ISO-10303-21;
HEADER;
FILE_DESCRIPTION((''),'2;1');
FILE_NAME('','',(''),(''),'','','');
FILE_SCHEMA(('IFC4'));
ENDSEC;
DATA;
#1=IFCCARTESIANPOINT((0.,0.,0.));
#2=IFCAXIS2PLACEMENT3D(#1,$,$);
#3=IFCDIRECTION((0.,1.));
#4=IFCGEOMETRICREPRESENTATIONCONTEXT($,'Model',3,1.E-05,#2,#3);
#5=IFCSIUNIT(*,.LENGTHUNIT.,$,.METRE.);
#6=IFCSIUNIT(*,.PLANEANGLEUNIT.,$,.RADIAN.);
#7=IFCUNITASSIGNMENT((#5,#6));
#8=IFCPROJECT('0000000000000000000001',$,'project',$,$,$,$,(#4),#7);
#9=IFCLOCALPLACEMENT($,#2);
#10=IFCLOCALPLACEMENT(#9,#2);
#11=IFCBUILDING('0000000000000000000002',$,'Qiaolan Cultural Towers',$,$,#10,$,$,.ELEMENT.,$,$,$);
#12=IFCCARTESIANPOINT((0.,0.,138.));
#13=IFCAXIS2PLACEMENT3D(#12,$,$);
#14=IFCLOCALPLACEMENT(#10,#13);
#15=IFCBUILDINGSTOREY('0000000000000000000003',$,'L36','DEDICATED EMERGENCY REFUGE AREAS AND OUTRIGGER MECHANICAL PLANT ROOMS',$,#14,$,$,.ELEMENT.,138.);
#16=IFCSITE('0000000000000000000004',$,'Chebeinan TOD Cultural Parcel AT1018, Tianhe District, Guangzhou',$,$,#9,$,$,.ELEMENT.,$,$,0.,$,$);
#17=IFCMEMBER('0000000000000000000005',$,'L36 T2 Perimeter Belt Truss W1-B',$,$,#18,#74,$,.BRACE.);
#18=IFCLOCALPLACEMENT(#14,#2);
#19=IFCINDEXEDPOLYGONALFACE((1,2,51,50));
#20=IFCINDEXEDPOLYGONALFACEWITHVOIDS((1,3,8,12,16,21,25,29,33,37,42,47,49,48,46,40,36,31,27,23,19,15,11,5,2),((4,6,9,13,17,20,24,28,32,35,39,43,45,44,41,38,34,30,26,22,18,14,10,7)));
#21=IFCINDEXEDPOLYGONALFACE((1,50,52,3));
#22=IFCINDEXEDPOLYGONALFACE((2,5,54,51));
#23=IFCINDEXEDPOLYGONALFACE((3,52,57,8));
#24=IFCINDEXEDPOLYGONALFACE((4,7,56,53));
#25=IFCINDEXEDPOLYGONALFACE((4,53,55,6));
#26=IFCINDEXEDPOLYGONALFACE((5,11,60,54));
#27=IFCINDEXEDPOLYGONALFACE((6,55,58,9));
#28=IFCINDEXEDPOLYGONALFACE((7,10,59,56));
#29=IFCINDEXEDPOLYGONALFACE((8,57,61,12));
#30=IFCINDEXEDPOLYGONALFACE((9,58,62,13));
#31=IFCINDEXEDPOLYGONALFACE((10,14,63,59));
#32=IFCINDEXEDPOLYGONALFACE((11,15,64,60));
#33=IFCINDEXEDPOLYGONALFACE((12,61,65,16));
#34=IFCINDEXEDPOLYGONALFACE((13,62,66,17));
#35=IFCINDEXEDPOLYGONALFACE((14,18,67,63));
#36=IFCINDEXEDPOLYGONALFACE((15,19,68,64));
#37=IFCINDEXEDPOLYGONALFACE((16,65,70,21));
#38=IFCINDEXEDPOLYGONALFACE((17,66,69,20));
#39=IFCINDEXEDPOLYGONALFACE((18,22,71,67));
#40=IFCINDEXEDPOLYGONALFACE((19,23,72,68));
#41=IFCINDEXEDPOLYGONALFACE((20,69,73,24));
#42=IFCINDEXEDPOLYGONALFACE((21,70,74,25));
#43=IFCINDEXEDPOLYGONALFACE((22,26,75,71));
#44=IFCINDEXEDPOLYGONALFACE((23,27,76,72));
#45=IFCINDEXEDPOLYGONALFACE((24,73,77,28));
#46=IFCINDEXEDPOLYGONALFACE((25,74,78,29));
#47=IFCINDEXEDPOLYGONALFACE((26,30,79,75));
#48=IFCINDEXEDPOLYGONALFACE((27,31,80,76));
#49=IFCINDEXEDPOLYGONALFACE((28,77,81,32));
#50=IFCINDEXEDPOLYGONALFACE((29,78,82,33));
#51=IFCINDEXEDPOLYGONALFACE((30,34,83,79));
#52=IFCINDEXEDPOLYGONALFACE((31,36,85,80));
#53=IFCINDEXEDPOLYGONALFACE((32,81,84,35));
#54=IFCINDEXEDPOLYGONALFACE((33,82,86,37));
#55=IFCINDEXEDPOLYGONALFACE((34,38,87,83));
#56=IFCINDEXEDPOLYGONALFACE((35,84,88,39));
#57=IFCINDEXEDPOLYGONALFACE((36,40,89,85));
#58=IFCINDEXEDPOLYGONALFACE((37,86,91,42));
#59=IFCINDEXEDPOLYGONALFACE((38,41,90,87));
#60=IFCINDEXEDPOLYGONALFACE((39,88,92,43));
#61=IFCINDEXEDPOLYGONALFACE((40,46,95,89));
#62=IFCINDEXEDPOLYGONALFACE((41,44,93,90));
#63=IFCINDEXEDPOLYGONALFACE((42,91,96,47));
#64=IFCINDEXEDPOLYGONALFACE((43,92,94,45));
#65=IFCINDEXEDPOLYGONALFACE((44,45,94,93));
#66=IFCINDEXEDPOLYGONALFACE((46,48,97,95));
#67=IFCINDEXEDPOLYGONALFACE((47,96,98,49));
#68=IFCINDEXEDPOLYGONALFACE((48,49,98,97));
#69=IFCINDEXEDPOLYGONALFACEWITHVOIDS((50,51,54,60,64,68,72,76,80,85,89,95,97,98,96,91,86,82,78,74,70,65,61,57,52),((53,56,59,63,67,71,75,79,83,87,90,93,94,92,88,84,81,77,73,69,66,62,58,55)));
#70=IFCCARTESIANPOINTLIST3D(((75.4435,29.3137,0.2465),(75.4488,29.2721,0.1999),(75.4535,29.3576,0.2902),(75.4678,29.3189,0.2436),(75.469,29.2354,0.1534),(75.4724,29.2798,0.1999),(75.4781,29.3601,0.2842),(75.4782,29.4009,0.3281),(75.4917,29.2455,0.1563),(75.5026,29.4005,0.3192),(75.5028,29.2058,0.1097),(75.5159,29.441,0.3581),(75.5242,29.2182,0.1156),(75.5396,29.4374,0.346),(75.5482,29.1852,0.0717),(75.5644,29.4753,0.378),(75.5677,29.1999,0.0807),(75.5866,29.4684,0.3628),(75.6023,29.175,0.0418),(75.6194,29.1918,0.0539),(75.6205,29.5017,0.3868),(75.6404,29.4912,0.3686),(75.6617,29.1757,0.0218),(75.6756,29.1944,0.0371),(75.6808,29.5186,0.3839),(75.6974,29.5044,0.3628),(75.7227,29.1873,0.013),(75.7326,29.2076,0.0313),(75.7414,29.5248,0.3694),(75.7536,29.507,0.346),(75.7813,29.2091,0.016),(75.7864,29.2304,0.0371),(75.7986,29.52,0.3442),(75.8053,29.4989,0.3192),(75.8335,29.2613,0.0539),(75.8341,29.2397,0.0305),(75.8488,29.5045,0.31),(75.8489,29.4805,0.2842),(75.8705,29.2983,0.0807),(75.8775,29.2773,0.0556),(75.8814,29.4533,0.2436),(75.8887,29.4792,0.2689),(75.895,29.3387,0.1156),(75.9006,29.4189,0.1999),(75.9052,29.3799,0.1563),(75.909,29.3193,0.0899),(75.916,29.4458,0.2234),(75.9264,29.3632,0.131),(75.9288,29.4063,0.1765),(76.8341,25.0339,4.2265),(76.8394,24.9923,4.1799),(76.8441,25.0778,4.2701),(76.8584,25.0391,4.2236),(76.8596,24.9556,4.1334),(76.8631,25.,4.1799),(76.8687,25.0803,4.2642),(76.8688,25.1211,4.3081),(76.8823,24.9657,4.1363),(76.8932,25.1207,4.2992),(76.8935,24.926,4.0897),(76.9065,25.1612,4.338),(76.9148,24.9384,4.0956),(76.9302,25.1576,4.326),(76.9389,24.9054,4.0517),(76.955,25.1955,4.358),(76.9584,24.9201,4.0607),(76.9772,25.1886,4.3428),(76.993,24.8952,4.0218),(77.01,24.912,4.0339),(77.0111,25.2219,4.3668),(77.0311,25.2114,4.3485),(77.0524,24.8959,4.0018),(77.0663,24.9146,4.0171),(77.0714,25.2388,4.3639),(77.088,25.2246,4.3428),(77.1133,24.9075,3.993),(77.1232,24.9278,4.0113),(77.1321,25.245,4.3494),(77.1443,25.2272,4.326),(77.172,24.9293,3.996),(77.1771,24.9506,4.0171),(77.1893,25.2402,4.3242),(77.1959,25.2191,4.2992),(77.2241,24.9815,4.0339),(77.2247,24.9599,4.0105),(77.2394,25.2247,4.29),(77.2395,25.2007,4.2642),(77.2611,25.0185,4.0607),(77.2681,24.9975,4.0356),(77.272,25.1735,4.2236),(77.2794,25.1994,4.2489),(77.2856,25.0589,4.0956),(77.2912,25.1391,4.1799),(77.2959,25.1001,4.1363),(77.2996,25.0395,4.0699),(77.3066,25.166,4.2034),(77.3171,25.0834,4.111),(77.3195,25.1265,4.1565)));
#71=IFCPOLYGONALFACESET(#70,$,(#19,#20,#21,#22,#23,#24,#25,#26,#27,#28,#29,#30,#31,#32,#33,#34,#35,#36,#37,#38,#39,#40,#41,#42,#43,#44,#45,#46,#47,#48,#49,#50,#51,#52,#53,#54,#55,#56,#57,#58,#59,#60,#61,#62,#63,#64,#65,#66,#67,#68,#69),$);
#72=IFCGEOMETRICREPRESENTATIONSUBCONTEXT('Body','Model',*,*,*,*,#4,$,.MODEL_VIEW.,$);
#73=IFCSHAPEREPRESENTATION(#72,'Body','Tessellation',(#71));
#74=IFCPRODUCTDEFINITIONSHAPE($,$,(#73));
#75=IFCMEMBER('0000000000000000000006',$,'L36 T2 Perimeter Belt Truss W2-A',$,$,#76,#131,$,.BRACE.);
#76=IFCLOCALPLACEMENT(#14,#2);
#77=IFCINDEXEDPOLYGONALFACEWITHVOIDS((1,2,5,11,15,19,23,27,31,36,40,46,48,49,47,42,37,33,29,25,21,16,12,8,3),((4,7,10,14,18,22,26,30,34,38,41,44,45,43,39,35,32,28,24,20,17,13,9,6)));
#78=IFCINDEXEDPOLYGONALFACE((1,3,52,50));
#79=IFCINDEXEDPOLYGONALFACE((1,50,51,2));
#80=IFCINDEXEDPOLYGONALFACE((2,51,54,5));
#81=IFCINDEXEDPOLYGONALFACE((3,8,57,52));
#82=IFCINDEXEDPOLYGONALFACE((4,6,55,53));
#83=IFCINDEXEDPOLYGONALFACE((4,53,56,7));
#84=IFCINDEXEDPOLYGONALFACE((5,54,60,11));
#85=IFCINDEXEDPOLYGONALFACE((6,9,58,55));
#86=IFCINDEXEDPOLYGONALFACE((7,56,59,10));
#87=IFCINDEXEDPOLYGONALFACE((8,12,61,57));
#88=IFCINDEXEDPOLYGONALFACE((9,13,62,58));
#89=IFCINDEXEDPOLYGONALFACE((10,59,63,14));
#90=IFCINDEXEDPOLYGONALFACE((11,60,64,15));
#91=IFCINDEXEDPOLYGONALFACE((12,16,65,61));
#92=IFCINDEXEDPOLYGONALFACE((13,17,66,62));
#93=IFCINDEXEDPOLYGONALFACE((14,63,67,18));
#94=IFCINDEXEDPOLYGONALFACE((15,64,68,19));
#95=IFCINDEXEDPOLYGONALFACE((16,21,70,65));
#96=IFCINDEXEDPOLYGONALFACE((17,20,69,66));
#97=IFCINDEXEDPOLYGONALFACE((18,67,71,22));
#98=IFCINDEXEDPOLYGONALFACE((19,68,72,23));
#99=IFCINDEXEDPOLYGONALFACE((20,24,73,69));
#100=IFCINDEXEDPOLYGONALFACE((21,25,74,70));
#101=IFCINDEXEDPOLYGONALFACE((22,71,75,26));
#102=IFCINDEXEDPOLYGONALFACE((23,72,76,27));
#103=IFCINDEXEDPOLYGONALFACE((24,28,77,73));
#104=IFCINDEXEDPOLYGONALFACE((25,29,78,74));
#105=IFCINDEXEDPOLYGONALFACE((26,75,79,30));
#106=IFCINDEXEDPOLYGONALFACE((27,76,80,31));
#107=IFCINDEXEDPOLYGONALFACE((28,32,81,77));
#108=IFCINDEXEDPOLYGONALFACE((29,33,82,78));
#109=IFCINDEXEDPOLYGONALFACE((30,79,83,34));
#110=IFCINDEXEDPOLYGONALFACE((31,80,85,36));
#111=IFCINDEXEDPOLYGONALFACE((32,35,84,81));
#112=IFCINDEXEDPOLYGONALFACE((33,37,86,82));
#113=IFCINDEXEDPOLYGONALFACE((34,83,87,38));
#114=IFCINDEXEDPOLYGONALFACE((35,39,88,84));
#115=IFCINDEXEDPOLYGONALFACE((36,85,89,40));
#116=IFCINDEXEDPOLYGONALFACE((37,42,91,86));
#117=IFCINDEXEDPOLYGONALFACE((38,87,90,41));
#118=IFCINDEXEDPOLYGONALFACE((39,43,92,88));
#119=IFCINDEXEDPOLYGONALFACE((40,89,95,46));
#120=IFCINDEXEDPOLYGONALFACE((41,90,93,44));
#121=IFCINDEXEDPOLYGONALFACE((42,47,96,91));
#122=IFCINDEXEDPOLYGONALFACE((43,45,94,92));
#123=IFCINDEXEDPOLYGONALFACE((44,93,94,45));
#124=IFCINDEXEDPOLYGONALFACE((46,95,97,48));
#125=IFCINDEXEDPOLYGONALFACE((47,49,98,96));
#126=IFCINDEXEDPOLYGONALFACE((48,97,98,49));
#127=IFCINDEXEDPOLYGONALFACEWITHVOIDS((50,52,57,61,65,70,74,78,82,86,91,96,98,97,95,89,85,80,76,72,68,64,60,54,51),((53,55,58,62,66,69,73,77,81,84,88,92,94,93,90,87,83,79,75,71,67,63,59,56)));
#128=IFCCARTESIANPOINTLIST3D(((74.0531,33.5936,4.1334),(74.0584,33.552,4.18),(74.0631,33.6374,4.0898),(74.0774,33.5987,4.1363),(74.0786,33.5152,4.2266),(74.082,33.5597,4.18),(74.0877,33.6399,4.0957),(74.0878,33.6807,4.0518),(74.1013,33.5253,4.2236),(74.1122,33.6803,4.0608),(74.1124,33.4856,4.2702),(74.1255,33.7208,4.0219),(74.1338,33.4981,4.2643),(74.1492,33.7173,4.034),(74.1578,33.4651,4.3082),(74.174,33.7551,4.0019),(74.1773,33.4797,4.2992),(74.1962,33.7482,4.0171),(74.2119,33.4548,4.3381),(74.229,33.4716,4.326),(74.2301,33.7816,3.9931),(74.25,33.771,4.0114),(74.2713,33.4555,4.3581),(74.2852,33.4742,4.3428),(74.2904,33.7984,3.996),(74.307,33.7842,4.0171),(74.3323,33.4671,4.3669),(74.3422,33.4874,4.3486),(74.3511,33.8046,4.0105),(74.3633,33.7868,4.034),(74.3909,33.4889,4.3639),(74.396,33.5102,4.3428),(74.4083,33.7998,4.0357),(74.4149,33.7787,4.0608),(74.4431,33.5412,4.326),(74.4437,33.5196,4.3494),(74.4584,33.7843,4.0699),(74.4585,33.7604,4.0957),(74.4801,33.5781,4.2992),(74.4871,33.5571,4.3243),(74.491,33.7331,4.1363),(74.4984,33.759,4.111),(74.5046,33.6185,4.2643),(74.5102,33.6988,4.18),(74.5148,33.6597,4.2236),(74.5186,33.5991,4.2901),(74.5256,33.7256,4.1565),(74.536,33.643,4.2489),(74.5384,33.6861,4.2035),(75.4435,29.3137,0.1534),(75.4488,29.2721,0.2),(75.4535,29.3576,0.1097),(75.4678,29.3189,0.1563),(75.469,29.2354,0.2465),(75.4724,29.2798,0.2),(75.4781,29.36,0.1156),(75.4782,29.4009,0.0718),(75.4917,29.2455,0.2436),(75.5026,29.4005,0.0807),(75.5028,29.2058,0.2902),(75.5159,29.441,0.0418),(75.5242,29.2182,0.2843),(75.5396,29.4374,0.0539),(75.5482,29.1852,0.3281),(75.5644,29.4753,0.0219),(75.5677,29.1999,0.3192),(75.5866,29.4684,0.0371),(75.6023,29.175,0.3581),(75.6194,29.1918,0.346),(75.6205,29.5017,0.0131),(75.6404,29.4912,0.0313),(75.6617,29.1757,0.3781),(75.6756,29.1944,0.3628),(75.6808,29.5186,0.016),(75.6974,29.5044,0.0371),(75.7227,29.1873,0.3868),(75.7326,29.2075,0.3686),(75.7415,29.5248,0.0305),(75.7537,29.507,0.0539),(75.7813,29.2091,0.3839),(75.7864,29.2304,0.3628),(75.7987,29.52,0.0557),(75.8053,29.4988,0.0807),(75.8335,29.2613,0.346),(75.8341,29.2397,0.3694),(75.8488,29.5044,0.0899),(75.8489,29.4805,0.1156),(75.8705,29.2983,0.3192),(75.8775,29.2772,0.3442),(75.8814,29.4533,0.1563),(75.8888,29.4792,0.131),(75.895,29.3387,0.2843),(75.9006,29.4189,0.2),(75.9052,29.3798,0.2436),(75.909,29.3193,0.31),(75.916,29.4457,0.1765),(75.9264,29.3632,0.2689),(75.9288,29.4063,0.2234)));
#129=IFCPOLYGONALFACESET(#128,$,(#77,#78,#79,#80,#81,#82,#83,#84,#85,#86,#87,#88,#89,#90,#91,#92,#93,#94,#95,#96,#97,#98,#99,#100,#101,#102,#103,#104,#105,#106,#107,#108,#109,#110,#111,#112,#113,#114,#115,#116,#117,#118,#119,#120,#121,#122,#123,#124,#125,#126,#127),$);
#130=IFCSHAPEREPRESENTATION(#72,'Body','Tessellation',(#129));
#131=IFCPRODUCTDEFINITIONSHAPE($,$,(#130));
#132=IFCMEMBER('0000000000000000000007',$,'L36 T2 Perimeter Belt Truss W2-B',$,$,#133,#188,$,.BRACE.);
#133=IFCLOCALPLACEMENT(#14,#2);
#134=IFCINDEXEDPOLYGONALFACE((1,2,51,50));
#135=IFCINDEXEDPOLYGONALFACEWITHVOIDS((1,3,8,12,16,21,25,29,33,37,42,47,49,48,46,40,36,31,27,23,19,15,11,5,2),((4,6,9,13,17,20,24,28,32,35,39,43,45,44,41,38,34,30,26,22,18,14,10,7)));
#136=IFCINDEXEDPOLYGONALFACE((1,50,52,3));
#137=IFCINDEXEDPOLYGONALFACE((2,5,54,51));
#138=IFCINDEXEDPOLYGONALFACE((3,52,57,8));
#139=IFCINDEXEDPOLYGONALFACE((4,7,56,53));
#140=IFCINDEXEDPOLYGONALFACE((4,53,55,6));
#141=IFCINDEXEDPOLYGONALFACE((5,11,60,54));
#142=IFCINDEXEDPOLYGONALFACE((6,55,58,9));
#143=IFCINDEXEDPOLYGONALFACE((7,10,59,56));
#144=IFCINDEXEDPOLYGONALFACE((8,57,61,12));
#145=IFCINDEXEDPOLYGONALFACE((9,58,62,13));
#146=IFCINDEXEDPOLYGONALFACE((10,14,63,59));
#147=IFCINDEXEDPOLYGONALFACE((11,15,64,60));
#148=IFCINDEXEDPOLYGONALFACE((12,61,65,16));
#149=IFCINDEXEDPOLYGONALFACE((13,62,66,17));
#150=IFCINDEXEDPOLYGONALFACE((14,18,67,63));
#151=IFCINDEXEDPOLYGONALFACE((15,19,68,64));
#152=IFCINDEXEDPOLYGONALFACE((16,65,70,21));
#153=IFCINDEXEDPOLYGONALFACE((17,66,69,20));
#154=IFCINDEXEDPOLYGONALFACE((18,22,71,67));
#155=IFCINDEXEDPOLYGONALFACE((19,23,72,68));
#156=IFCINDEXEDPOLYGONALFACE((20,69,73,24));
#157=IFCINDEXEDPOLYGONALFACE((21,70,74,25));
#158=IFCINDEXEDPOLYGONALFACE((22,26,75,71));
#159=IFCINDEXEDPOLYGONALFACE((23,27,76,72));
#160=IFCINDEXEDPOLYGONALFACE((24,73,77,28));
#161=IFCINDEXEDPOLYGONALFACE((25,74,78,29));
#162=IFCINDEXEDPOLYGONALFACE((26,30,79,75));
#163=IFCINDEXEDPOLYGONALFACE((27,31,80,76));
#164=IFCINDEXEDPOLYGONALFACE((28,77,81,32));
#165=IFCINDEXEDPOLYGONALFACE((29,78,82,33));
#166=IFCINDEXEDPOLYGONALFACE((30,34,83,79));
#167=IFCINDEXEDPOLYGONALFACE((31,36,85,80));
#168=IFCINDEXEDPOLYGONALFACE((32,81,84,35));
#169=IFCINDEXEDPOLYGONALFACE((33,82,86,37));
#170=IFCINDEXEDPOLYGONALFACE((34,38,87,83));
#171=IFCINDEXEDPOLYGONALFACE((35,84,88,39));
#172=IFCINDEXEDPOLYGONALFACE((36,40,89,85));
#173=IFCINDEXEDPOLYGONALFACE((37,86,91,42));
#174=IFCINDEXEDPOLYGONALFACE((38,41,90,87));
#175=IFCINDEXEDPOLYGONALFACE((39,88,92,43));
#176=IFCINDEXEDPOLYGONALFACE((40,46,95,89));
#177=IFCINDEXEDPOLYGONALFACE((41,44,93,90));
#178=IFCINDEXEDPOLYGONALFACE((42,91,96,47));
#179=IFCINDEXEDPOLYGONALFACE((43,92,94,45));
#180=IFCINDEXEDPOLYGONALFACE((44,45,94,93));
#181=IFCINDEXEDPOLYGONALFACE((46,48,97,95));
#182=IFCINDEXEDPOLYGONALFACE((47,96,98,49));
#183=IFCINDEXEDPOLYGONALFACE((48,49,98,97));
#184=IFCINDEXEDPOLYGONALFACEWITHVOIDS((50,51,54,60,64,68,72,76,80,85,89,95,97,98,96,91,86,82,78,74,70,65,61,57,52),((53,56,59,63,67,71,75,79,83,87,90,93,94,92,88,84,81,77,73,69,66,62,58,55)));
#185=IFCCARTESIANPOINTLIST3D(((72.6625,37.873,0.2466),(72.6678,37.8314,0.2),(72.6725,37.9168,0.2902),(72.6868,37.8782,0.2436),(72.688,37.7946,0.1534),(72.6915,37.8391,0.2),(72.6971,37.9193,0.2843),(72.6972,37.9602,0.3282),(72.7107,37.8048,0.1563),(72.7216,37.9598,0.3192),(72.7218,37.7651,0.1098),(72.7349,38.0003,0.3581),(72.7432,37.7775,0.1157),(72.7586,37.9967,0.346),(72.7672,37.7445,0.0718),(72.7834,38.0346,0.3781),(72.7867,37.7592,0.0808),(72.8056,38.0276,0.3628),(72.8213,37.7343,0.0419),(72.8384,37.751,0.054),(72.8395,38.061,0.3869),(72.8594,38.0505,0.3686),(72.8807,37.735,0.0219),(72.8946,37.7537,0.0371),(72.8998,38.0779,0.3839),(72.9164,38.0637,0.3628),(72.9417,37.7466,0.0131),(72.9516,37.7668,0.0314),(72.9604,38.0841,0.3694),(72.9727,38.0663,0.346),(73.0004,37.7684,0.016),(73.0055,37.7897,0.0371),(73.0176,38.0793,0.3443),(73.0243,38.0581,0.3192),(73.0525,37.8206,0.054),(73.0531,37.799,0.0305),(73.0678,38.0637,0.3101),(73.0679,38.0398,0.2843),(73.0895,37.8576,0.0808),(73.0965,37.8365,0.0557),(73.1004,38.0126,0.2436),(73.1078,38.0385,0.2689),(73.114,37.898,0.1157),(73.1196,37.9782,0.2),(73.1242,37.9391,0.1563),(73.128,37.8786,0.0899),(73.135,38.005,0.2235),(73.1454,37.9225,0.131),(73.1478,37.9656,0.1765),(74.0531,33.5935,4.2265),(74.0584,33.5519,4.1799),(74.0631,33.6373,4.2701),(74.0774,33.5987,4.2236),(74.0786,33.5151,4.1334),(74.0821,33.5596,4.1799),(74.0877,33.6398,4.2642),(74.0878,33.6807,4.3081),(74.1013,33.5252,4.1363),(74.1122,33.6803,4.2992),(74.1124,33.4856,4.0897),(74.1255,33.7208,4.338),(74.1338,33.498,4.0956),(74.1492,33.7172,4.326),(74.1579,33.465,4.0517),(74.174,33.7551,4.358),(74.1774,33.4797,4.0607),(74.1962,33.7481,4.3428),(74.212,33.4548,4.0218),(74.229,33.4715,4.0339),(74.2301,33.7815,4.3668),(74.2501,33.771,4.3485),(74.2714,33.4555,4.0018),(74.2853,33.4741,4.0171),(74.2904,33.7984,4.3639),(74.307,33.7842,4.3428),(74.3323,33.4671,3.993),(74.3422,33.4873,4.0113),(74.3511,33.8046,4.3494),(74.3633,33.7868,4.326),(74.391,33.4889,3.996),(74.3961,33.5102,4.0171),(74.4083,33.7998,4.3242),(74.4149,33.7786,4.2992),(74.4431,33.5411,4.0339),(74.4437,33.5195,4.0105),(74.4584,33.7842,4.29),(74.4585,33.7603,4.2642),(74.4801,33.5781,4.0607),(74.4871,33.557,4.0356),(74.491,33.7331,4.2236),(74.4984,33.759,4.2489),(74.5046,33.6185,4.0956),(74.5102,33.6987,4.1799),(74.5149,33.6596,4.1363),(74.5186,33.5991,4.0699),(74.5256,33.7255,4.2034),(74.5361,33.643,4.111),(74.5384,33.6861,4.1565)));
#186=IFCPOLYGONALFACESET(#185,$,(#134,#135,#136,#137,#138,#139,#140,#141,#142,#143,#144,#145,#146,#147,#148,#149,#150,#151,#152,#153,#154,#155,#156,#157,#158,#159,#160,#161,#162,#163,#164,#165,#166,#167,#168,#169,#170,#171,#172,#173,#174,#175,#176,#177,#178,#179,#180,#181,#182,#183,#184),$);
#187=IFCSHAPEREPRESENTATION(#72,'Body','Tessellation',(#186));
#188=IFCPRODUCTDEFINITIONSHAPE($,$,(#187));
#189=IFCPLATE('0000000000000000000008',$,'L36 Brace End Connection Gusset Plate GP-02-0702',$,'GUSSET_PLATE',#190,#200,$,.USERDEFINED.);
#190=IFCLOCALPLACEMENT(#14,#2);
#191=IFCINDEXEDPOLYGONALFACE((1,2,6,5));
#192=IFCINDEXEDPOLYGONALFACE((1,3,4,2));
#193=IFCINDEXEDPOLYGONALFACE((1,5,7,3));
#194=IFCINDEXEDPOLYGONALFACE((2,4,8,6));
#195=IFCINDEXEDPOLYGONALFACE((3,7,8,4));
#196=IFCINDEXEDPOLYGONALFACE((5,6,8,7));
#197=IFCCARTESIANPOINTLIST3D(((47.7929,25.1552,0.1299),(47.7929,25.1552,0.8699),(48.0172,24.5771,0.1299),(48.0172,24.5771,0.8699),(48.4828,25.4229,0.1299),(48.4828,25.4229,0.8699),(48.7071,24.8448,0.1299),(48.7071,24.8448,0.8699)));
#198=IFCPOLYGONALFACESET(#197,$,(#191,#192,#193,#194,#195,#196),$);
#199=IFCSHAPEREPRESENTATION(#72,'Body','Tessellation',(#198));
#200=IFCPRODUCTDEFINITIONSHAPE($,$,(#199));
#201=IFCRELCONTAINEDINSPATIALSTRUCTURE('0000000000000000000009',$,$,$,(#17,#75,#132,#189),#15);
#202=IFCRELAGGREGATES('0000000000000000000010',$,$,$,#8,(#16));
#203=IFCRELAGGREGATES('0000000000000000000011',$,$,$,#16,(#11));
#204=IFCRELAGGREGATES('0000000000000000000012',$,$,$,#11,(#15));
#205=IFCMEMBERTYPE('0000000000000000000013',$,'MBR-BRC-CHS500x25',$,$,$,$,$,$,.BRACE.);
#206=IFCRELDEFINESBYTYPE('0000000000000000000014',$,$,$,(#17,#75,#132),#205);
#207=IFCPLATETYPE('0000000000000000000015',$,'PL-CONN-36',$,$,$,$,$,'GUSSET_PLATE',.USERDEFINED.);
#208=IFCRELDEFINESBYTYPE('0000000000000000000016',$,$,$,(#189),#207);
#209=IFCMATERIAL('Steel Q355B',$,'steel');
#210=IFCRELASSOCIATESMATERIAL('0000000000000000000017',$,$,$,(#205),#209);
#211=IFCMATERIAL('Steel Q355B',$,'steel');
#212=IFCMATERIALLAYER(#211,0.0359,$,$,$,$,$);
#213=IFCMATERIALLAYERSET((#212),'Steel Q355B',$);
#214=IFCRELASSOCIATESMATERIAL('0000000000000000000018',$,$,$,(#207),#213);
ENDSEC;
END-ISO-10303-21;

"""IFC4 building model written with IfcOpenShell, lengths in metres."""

from ifc_helpers import new_model, si_unit, direction, frame, origin, origin_2d, place, context, subcontext, project, spatial, rectangle, hollow_circle, extrude, material, layer, layer_set, material_profile, profile_set, type_object, element, save


model = new_model("IFC4")

# Units and contexts
model_context = context("Model", 3, precision=1e-05, world=origin(), true_north=direction((0.0, 1.0)))
body_context = subcontext(model_context, "Body", "Model", "MODEL_VIEW")
ifc_project = project(units=[si_unit("LENGTHUNIT", "METRE"), si_unit("PLANEANGLEUNIT", "RADIAN")], contexts=[model_context])

# Site, building, storey
site_placement = place(None, origin())
site = spatial("IfcSite", under=ifc_project, at=site_placement, Name="Chebeinan TOD Cultural Parcel AT1018, Tianhe District, Guangzhou", CompositionType="ELEMENT", RefElevation=0.0)
building_placement = place(site_placement, origin())
building = spatial("IfcBuilding", under=site, at=building_placement, Name="Qiaolan Cultural Towers", CompositionType="ELEMENT")
storey_placement = place(building_placement, frame((0.0, 0.0, 138.0)))
storey = spatial("IfcBuildingStorey", under=building, at=storey_placement, Name="L36", Description="DEDICATED EMERGENCY REFUGE AREAS AND OUTRIGGER MECHANICAL PLANT ROOMS", CompositionType="ELEMENT", Elevation=138.0)

# Members
ifc_material_1 = material(Name="Steel Q355B", Category="steel")
ifc_material_profile_1 = material_profile(ifc_material_1, hollow_circle(Radius=0.25, WallThickness=0.0249, at=origin_2d()), Name="CHS500x25")
ifc_profile_set_1 = profile_set([ifc_material_profile_1], Name="Steel Q355B")
member_type = type_object("IfcMemberType", Name="MBR-BRC-CHS500x25", PredefinedType="BRACE", material=ifc_profile_set_1)
for number, where, z_axis, x_axis, name in (
    (1, (77.0771, 25.0696, 4.1799), (-0.23148, 0.712401, -0.662497), (-0.951054, -0.309025, 0.0), "L36 T2 Perimeter Belt Truss W1-B"),
    (2, (75.6865, 29.3494, 0.2), (-0.231441, 0.712408, 0.662503), (-0.95107, -0.308976, 0.0), "L36 T2 Perimeter Belt Truss W2-A"),
):
    element("IfcMember", number, at=place(storey_placement, frame(where, z_axis=z_axis, x_axis=x_axis)), inside=storey, type_object=member_type, Name=name, PredefinedType="BRACE", context=body_context, shape_type="SweptSolid", body=[
        extrude(hollow_circle(Radius=0.25, WallThickness=0.0249, at=origin_2d()), origin(), (0.0, 0.0, 1.0), 6.0076),
    ])
member_placement = place(storey_placement, frame((74.2961, 33.6292, 4.1799), z_axis=(-0.231486, 0.712381, -0.662516), x_axis=(-0.951049, -0.309041, 0.0)))
element("IfcMember", 3, at=member_placement, inside=storey, type_object=member_type, Name="L36 T2 Perimeter Belt Truss W2-B", PredefinedType="BRACE", context=body_context, shape_type="SweptSolid", body=[
    extrude(hollow_circle(Radius=0.25, WallThickness=0.0249, at=origin_2d()), origin(), (0.0, 0.0, 1.0), 6.0073),
])

# Plate
ifc_material_2 = material(Name="Steel Q355B", Category="steel")
ifc_layer_1 = layer(ifc_material_2, 0.0359)
ifc_layer_set_1 = layer_set([ifc_layer_1], Name="Steel Q355B")
plate_type_1 = type_object("IfcPlateType", Name="PL-CONN-36", ElementType="GUSSET_PLATE", PredefinedType="USERDEFINED", material=ifc_layer_set_1)
for number, where, z_axis, x_axis, name in (
    (4, (48.25, 25.0, 0.1299), (0.0, 0.0, 1.0), (0.932266, 0.361775, 0.0), "L36 Brace End Connection Gusset Plate GP-02-0702"),
):
    element("IfcPlate", number, at=place(storey_placement, frame(where, z_axis=z_axis, x_axis=x_axis)), inside=storey, type_object=plate_type_1, Name=name, ObjectType="GUSSET_PLATE", PredefinedType="USERDEFINED", context=body_context, shape_type="SweptSolid", body=[
        extrude(rectangle(XDim=0.74, YDim=0.6201, at=origin_2d()), origin(), (0.0, 0.0, 1.0), 0.74),
    ])

save(model, "model.ifc")
